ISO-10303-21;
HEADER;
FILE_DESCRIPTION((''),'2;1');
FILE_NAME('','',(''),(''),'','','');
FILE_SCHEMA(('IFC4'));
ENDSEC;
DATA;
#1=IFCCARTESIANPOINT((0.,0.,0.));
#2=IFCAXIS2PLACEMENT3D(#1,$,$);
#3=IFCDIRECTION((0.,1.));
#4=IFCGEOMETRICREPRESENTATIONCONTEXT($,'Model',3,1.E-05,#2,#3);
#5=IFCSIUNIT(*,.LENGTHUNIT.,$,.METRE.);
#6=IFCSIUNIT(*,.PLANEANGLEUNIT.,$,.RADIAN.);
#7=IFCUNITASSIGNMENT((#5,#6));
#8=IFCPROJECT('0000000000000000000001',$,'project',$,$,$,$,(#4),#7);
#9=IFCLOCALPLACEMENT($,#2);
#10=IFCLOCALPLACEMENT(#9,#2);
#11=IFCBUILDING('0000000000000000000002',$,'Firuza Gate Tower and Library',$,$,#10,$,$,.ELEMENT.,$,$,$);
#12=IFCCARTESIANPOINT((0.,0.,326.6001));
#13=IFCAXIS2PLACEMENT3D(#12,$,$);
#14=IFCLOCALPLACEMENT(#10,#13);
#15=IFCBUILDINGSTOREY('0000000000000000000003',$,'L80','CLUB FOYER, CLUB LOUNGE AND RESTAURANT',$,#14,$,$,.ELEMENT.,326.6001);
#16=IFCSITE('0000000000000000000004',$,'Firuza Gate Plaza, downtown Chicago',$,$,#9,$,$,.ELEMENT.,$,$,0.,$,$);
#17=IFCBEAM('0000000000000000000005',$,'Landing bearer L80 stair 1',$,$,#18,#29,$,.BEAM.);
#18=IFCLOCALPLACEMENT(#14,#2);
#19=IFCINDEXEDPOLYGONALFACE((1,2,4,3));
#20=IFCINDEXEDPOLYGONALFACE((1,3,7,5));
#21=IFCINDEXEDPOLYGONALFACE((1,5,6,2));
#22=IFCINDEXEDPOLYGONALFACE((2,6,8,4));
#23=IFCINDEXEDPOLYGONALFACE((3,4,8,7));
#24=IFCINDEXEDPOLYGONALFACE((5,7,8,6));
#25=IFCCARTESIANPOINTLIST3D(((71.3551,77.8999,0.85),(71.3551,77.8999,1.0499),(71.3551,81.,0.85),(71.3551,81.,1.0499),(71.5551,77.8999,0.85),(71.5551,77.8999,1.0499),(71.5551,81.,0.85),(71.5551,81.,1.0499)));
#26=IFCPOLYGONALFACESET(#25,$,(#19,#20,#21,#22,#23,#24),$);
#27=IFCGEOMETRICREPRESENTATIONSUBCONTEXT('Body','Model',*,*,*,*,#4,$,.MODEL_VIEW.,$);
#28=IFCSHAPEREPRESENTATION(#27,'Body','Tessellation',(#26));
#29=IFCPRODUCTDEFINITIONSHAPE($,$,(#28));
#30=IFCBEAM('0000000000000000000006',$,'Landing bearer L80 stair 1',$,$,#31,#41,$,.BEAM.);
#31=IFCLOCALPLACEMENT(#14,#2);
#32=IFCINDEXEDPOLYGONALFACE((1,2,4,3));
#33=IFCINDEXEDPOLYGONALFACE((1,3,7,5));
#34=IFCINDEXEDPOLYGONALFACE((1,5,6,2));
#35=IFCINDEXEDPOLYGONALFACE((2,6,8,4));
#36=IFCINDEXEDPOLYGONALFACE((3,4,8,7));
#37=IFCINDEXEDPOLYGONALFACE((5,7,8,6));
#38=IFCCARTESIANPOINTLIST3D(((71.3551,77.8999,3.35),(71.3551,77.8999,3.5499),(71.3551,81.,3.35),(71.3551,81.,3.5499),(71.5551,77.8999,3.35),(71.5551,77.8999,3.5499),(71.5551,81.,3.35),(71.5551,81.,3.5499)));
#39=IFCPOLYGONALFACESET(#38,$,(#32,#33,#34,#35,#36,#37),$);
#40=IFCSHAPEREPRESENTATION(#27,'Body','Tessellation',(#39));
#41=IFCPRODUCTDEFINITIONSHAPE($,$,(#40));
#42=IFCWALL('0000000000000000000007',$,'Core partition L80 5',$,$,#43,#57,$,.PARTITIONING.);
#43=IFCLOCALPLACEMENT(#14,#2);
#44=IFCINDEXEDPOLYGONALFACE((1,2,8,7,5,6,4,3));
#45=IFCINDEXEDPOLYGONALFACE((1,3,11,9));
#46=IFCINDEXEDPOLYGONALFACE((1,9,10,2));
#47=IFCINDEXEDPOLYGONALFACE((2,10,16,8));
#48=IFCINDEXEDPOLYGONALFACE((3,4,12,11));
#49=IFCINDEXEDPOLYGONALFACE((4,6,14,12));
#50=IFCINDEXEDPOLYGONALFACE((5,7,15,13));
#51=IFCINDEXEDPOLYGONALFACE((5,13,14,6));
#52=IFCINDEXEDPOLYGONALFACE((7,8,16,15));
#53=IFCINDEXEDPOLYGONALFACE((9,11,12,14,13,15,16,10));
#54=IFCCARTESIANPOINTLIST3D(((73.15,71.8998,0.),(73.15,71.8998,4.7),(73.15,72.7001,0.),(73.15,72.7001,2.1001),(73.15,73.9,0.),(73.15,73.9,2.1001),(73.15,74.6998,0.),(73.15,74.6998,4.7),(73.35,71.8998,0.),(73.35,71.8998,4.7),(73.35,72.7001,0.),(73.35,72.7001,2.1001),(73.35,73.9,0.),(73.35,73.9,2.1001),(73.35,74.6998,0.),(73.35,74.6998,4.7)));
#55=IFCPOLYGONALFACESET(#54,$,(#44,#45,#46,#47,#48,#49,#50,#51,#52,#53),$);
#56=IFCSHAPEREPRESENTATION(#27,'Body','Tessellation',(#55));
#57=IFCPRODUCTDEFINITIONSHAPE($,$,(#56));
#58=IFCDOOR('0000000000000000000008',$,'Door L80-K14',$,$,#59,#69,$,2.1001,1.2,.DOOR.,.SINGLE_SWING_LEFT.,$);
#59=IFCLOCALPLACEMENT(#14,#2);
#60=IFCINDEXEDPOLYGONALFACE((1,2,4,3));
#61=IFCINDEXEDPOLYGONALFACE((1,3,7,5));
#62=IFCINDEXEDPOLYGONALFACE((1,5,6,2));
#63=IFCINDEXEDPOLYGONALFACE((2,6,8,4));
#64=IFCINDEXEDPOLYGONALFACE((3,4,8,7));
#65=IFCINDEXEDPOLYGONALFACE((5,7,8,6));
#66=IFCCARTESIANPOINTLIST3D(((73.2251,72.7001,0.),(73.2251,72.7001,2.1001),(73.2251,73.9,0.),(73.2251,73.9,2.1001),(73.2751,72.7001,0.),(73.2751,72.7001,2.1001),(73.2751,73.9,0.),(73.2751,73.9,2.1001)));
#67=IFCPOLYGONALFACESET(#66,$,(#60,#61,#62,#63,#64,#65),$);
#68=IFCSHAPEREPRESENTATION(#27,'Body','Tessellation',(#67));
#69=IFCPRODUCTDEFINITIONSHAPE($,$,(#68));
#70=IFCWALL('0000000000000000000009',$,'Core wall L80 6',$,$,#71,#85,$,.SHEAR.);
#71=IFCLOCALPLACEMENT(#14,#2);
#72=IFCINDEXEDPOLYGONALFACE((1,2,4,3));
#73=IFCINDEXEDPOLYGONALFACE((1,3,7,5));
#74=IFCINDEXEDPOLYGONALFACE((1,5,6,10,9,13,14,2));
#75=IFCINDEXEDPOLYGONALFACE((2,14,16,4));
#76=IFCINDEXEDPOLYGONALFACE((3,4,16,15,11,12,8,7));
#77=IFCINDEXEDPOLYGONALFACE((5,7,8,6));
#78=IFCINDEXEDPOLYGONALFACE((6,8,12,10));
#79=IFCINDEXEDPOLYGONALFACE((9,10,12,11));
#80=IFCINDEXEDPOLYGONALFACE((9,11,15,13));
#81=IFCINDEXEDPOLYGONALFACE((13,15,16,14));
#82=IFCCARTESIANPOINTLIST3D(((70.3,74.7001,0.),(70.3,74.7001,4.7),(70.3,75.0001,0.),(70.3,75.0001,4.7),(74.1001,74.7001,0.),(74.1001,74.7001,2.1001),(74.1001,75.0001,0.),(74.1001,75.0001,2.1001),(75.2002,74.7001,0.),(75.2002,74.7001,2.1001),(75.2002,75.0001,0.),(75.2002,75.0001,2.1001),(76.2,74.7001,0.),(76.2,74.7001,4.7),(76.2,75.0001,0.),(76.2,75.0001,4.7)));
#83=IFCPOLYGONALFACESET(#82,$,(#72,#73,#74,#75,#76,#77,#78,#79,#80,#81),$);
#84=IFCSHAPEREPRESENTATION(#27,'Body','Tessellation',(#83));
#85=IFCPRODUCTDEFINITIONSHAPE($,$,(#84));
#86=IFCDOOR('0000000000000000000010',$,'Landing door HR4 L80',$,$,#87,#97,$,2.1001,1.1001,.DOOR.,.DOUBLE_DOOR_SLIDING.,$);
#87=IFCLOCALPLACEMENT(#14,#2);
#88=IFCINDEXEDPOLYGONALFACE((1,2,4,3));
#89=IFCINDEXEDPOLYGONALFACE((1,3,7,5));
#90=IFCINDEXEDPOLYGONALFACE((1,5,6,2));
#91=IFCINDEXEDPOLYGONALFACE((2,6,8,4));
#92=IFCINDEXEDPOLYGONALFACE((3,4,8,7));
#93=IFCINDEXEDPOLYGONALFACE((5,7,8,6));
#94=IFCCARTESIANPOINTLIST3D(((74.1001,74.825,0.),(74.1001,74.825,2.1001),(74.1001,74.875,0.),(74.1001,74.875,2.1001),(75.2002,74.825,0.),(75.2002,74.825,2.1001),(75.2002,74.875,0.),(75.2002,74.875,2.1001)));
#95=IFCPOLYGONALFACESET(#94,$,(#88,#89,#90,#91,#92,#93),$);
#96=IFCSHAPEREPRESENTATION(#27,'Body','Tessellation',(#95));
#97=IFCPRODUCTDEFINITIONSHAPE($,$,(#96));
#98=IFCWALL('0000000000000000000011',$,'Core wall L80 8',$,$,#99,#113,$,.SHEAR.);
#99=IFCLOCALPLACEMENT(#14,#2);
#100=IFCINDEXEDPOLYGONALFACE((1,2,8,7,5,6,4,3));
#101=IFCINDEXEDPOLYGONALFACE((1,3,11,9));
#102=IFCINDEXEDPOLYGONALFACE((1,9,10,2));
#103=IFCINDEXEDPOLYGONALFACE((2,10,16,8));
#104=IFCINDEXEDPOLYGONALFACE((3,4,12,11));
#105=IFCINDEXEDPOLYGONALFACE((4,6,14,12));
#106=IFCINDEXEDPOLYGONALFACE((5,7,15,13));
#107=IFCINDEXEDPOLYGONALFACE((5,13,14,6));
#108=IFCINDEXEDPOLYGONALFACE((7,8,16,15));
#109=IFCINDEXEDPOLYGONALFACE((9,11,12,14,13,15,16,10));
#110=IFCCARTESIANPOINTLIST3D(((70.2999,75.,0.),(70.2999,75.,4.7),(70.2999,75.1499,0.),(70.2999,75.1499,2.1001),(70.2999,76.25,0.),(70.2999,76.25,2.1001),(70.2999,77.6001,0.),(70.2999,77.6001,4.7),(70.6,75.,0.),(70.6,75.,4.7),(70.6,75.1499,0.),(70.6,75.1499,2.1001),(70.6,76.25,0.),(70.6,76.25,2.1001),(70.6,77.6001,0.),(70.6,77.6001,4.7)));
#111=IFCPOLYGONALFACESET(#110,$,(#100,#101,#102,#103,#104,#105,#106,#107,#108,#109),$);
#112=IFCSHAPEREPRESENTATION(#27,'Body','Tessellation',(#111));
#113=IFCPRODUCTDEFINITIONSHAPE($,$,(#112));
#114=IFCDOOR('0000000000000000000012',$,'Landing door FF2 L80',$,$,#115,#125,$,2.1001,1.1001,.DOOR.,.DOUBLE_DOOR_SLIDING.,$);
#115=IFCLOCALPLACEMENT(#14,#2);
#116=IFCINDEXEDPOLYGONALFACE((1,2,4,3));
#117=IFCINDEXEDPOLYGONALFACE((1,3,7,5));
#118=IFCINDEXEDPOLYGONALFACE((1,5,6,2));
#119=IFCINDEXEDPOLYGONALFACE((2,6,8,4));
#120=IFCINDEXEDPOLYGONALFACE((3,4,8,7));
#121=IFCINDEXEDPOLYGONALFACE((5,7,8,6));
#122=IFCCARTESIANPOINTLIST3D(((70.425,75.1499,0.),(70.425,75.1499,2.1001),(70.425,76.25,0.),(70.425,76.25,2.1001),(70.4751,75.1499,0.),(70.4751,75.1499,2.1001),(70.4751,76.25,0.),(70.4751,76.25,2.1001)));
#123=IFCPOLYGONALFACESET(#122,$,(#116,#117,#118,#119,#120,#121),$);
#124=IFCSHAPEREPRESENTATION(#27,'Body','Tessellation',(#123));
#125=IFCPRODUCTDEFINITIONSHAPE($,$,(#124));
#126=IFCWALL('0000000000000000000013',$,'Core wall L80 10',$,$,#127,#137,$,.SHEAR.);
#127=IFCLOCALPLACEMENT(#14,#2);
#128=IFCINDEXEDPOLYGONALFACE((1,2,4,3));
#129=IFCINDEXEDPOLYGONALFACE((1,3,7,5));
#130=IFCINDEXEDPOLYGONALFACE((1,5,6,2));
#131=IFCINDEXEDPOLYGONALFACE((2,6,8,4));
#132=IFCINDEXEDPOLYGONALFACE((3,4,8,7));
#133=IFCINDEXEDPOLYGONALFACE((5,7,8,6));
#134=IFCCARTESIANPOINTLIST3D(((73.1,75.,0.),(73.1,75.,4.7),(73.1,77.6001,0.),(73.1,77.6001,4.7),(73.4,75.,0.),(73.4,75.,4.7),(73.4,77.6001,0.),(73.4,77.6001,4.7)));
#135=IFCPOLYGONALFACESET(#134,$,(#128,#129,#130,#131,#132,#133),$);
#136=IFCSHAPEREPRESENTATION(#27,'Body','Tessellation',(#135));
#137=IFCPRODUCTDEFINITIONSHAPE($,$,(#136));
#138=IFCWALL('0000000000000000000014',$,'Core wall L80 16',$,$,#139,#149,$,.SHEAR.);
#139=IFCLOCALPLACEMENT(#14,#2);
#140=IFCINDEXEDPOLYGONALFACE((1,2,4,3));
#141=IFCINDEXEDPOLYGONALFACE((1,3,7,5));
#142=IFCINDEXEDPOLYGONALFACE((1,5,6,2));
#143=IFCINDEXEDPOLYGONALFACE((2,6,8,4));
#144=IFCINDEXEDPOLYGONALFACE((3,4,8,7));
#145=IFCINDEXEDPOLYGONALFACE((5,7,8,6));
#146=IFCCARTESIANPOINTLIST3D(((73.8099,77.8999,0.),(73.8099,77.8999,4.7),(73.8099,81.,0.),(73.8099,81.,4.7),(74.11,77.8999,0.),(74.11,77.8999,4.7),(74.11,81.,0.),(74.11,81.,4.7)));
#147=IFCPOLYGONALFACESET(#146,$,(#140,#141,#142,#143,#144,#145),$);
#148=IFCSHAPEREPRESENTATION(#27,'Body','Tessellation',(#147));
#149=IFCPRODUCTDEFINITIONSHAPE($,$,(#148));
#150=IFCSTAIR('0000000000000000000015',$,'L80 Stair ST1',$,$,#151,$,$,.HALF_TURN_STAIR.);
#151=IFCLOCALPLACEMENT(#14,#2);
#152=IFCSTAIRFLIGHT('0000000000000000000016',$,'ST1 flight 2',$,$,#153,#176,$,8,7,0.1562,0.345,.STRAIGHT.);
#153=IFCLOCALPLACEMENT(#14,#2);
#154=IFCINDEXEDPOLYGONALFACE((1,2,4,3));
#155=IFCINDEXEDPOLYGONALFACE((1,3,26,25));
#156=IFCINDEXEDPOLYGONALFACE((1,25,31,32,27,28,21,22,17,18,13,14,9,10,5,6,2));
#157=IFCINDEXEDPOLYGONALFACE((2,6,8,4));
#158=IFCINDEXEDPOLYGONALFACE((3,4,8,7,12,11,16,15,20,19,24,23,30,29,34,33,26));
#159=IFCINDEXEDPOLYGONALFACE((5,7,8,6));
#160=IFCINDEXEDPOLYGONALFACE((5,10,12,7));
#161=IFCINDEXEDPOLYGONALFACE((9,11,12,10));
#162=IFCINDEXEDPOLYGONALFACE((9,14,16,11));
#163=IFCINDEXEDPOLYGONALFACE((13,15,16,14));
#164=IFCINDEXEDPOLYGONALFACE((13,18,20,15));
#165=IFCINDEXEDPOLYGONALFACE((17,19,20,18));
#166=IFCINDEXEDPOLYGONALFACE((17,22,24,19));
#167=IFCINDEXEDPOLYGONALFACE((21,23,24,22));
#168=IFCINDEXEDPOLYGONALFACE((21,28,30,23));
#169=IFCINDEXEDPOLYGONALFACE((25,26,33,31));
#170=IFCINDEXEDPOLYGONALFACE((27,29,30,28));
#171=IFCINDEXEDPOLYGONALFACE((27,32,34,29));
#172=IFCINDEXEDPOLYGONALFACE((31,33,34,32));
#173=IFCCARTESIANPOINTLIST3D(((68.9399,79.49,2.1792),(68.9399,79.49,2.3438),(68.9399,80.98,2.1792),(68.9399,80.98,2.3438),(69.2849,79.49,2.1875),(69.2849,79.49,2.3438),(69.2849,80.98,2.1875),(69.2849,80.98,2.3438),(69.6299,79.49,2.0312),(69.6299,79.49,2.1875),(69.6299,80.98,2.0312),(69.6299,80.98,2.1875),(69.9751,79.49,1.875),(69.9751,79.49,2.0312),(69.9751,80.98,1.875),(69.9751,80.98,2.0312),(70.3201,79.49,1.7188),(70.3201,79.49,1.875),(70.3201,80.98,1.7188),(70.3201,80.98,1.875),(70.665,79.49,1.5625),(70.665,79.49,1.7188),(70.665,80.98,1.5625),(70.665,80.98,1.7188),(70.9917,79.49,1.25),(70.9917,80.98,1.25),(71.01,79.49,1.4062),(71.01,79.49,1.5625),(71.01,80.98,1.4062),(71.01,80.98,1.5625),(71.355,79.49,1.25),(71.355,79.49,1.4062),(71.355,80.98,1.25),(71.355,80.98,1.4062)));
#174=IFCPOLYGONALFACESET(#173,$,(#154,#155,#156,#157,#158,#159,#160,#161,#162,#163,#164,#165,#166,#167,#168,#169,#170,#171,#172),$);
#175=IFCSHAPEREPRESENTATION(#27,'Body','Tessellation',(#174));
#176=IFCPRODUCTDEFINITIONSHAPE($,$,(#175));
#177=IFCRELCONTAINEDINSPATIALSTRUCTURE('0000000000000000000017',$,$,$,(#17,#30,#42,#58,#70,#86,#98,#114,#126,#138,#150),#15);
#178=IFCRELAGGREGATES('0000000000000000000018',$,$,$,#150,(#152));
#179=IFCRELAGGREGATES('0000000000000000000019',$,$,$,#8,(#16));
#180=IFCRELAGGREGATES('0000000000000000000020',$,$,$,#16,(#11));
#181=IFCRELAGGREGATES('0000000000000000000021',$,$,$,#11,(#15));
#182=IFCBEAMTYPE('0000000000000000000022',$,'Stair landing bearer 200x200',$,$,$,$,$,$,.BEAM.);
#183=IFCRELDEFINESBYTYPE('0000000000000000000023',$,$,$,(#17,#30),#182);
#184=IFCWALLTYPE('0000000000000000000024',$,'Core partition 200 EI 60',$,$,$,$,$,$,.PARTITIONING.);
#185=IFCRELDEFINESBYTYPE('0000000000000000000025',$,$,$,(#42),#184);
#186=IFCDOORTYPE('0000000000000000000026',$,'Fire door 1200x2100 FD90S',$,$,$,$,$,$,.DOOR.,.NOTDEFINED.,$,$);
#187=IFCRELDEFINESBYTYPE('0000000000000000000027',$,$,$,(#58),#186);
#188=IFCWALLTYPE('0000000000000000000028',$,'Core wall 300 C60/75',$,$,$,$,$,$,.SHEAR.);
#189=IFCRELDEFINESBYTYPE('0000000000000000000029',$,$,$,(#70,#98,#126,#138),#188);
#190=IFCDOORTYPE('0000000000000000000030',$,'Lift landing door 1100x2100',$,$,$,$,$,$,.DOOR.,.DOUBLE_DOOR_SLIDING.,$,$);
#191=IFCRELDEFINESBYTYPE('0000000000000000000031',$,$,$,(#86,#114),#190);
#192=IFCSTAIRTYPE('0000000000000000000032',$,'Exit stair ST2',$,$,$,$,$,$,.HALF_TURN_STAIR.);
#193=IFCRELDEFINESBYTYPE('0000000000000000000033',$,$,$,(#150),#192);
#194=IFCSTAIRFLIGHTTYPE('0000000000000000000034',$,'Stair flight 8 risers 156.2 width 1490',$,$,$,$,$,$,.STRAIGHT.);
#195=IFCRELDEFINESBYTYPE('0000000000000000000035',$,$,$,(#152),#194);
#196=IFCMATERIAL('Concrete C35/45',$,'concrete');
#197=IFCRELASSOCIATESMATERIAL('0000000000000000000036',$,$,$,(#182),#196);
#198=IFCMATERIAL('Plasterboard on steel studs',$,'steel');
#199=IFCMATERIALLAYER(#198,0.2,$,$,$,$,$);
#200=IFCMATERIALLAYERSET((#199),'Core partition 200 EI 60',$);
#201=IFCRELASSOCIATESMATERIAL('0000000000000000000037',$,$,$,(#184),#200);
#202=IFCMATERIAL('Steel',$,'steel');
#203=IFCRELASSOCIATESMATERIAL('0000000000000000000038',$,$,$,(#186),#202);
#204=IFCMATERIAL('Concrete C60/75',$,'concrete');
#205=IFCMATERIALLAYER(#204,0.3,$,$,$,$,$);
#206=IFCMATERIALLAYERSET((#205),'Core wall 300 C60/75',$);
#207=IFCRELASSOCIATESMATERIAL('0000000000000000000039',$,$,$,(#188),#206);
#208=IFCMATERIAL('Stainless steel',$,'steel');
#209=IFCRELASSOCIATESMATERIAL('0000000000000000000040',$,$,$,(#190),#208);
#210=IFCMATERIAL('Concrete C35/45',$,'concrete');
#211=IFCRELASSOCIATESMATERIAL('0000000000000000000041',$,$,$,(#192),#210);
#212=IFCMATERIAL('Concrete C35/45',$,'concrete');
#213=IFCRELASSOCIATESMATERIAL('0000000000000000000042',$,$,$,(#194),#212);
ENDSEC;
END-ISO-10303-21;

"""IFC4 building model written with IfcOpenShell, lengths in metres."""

from ifc_helpers import new_model, si_unit, direction, frame, frame_2d, origin, origin_2d, place, context, subcontext, project, spatial, polyline, rectangle, outline, extrude, material, layer, layer_set, material_profile, profile_set, type_object, element, fill, aggregate, save


model = new_model("IFC4")

# Units and contexts
model_context = context("Model", 3, precision=1e-05, world=origin(), true_north=direction((0.0, 1.0)))
body_context = subcontext(model_context, "Body", "Model", "MODEL_VIEW")
ifc_project = project(units=[si_unit("LENGTHUNIT", "METRE"), si_unit("PLANEANGLEUNIT", "RADIAN")], contexts=[model_context])

# Site, building, storey
site_placement = place(None, origin())
site = spatial("IfcSite", under=ifc_project, at=site_placement, Name="Firuza Gate Plaza, downtown Chicago", CompositionType="ELEMENT", RefElevation=0.0)
building_placement = place(site_placement, origin())
building = spatial("IfcBuilding", under=site, at=building_placement, Name="Firuza Gate Tower and Library", CompositionType="ELEMENT")
storey_placement = place(building_placement, frame((0.0, 0.0, 326.6001)))
storey = spatial("IfcBuildingStorey", under=building, at=storey_placement, Name="L80", Description="CLUB FOYER, CLUB LOUNGE AND RESTAURANT", CompositionType="ELEMENT", Elevation=326.6001)

# Beams
ifc_material_1 = material(Name="Concrete C35/45", Category="concrete")
ifc_material_profile = material_profile(ifc_material_1, rectangle(XDim=0.2, YDim=0.2, at=origin_2d()))
ifc_profile_set = profile_set([ifc_material_profile], Name="Concrete C35/45")
beam_type = type_object("IfcBeamType", Name="Stair landing bearer 200x200", PredefinedType="BEAM", material=ifc_profile_set)
for number, where, z_axis, x_axis, name in (
    (1, (71.4551, 77.8999, 0.95), (0.0, 1.0, 0.0), (-1.0, 0.0, 0.0), "Landing bearer L80 stair 1"),
    (2, (71.4551, 77.8999, 3.45), (0.0, 1.0, 0.0), (-1.0, 0.0, 0.0), "Landing bearer L80 stair 1"),
):
    element("IfcBeam", number, at=place(storey_placement, frame(where, z_axis=z_axis, x_axis=x_axis)), inside=storey, type_object=beam_type, Name=name, PredefinedType="BEAM", context=body_context, shape_type="SweptSolid", body=[
        extrude(rectangle(XDim=0.2, YDim=0.2, at=origin_2d()), origin(), (0.0, 0.0, 1.0), 3.1001),
    ])

# Walls, openings, doors
ifc_material_2 = material(Name="Plasterboard on steel studs", Category="steel")
ifc_layer_1 = layer(ifc_material_2, 0.2)
ifc_layer_set_1 = layer_set([ifc_layer_1], Name="Core partition 200 EI 60")
wall_type_1 = type_object("IfcWallType", Name="Core partition 200 EI 60", PredefinedType="PARTITIONING", material=ifc_layer_set_1)
wall_1_placement = place(storey_placement, frame((73.25, 71.8999, 0.0), z_axis=(0.0, 0.0, 1.0), x_axis=(0.0, 1.0, 0.0)))
wall_1 = element("IfcWall", 3, at=wall_1_placement, inside=storey, type_object=wall_type_1, Name="Core partition L80 5", PredefinedType="PARTITIONING", context=body_context, shape_type="SweptSolid", body=[
    extrude(rectangle(XDim=2.8, YDim=0.2, at=frame_2d((1.3999, 0.0))), origin(), (0.0, 0.0, 1.0), 4.7),
])
opening_1_placement = place(wall_1_placement, frame((0.8, 0.0, 0.0)))
opening_1 = element("IfcOpeningElement", 4, at=opening_1_placement, cuts=wall_1, PredefinedType="OPENING", context=body_context, shape_type="SweptSolid", body=[
    extrude(rectangle(XDim=1.2, YDim=2.1001, at=frame_2d((0.6001, 1.05))), frame((0.0, 0.1099, 0.0), z_axis=(0.0, -1.0, 0.0), x_axis=(1.0, 0.0, 0.0)), (0.0, 0.0, 1.0), 0.22),
])
ifc_material_3 = material(Name="Steel", Category="steel")
door_type_1 = type_object("IfcDoorType", Name="Fire door 1200x2100 FD90S", OperationType="NOTDEFINED", PredefinedType="DOOR", material=ifc_material_3)
door_1_placement = place(opening_1_placement, origin())
door_1 = element("IfcDoor", 5, at=door_1_placement, inside=storey, type_object=door_type_1, Name="Door L80-K14", OperationType="SINGLE_SWING_LEFT", OverallHeight=2.1001, OverallWidth=1.2, PredefinedType="DOOR", context=body_context, shape_type="SweptSolid", body=[
    extrude(rectangle(XDim=1.2, YDim=2.1001, at=frame_2d((0.6001, 1.05))), frame((0.0, 0.0249, 0.0), z_axis=(0.0, -1.0, 0.0), x_axis=(1.0, 0.0, 0.0)), (0.0, 0.0, 1.0), 0.05),
])
fill(opening_1, door_1)
ifc_material_4 = material(Name="Concrete C60/75", Category="concrete")
ifc_layer_2 = layer(ifc_material_4, 0.3)
ifc_layer_set_2 = layer_set([ifc_layer_2], Name="Core wall 300 C60/75")
wall_type_2 = type_object("IfcWallType", Name="Core wall 300 C60/75", PredefinedType="SHEAR", material=ifc_layer_set_2)
wall_2_placement = place(storey_placement, frame((70.3, 74.8501, 0.0), z_axis=(0.0, 0.0, 1.0), x_axis=(1.0, 0.0, 0.0)))
wall_2 = element("IfcWall", 6, at=wall_2_placement, inside=storey, type_object=wall_type_2, Name="Core wall L80 6", PredefinedType="SHEAR", context=body_context, shape_type="SweptSolid", body=[
    extrude(rectangle(XDim=5.8999, YDim=0.3, at=frame_2d((2.95, 0.0))), origin(), (0.0, 0.0, 1.0), 4.7),
])
opening_2_placement = place(wall_2_placement, frame((3.8, 0.0, 0.0)))
opening_2 = element("IfcOpeningElement", 7, at=opening_2_placement, cuts=wall_2, PredefinedType="OPENING", context=body_context, shape_type="SweptSolid", body=[
    extrude(rectangle(XDim=1.1001, YDim=2.1001, at=frame_2d((0.55, 1.05))), frame((0.0, 0.1602, 0.0), z_axis=(0.0, -1.0, 0.0), x_axis=(1.0, 0.0, 0.0)), (0.0, 0.0, 1.0), 0.3201),
])
ifc_material_5 = material(Name="Stainless steel", Category="steel")
door_type_2 = type_object("IfcDoorType", Name="Lift landing door 1100x2100", OperationType="DOUBLE_DOOR_SLIDING", PredefinedType="DOOR", material=ifc_material_5)
door_2_placement = place(opening_2_placement, origin())
door_2 = element("IfcDoor", 8, at=door_2_placement, inside=storey, type_object=door_type_2, Name="Landing door HR4 L80", OperationType="DOUBLE_DOOR_SLIDING", OverallHeight=2.1001, OverallWidth=1.1001, PredefinedType="DOOR", context=body_context, shape_type="SweptSolid", body=[
    extrude(rectangle(XDim=1.1001, YDim=2.1001, at=frame_2d((0.55, 1.05))), frame((0.0, 0.0249, 0.0), z_axis=(0.0, -1.0, 0.0), x_axis=(1.0, 0.0, 0.0)), (0.0, 0.0, 1.0), 0.05),
])
fill(opening_2, door_2)
wall_3_placement = place(storey_placement, frame((70.45, 75.0, 0.0), z_axis=(0.0, 0.0, 1.0), x_axis=(0.0, 1.0, 0.0)))
wall_3 = element("IfcWall", 9, at=wall_3_placement, inside=storey, type_object=wall_type_2, Name="Core wall L80 8", PredefinedType="SHEAR", context=body_context, shape_type="SweptSolid", body=[
    extrude(rectangle(XDim=2.6001, YDim=0.3, at=frame_2d((1.3, 0.0))), origin(), (0.0, 0.0, 1.0), 4.7),
])
opening_3_placement = place(wall_3_placement, frame((0.1499, 0.0, 0.0)))
opening_3 = element("IfcOpeningElement", 10, at=opening_3_placement, cuts=wall_3, PredefinedType="OPENING", context=body_context, shape_type="SweptSolid", body=[
    extrude(rectangle(XDim=1.1001, YDim=2.1001, at=frame_2d((0.55, 1.05))), frame((0.0, 0.1602, 0.0), z_axis=(0.0, -1.0, 0.0), x_axis=(1.0, 0.0, 0.0)), (0.0, 0.0, 1.0), 0.3201),
])
door_3_placement = place(opening_3_placement, origin())
door_3 = element("IfcDoor", 11, at=door_3_placement, inside=storey, type_object=door_type_2, Name="Landing door FF2 L80", OperationType="DOUBLE_DOOR_SLIDING", OverallHeight=2.1001, OverallWidth=1.1001, PredefinedType="DOOR", context=body_context, shape_type="SweptSolid", body=[
    extrude(rectangle(XDim=1.1001, YDim=2.1001, at=frame_2d((0.55, 1.05))), frame((0.0, 0.0249, 0.0), z_axis=(0.0, -1.0, 0.0), x_axis=(1.0, 0.0, 0.0)), (0.0, 0.0, 1.0), 0.05),
])
fill(opening_3, door_3)

# Walls
wall_4_placement = place(storey_placement, frame((73.25, 75.0, 0.0), z_axis=(0.0, 0.0, 1.0), x_axis=(0.0, 1.0, 0.0)))
element("IfcWall", 12, at=wall_4_placement, inside=storey, type_object=wall_type_2, Name="Core wall L80 10", PredefinedType="SHEAR", context=body_context, shape_type="SweptSolid", body=[
    extrude(rectangle(XDim=2.6001, YDim=0.3, at=frame_2d((1.3, 0.0))), origin(), (0.0, 0.0, 1.0), 4.7),
])
wall_5_placement = place(storey_placement, frame((73.96, 77.8999, 0.0), z_axis=(0.0, 0.0, 1.0), x_axis=(0.0, 1.0, 0.0)))
element("IfcWall", 13, at=wall_5_placement, inside=storey, type_object=wall_type_2, Name="Core wall L80 16", PredefinedType="SHEAR", context=body_context, shape_type="SweptSolid", body=[
    extrude(rectangle(XDim=3.1001, YDim=0.3, at=frame_2d((1.55, 0.0))), origin(), (0.0, 0.0, 1.0), 4.7),
])

# Stair, stair flight
ifc_material_6 = material(Name="Concrete C35/45", Category="concrete")
stair_type = type_object("IfcStairType", Name="Exit stair ST2", PredefinedType="HALF_TURN_STAIR", material=ifc_material_6)
stair_placement = place(storey_placement, origin())
stair = element("IfcStair", 14, at=stair_placement, inside=storey, type_object=stair_type, Name="L80 Stair ST1", PredefinedType="HALF_TURN_STAIR")
ifc_material_7 = material(Name="Concrete C35/45", Category="concrete")
stair_flight_type = type_object("IfcStairFlightType", Name="Stair flight 8 risers 156.2 width 1490", PredefinedType="STRAIGHT", material=ifc_material_7)
stair_flight_1_placement = place(storey_placement, frame((71.355, 80.2351, 1.25), z_axis=(0.0, 0.0, 1.0), x_axis=(-1.0, 0.0, 0.0)))
stair_flight_1 = element("IfcStairFlight", 15, at=stair_flight_1_placement, type_object=stair_flight_type, Name="ST1 flight 2", NumberOfRisers=8, NumberOfTreads=7, PredefinedType="STRAIGHT", RiserHeight=0.1562, TreadLength=0.345, context=body_context, shape_type="SweptSolid", body=[
    extrude(outline(polyline([(0.0, 0.0), (0.0, 0.1562), (0.345, 0.1562), (0.345, 0.3125), (0.6899, 0.3125), (0.6899, 0.4688), (1.0349, 0.4688), (1.0349, 0.625), (1.3799, 0.625), (1.3799, 0.7812), (1.7251, 0.7812), (1.7251, 0.9375), (2.0701, 0.9375), (2.0701, 1.0938), (2.415, 1.0938), (2.415, 1.25), (2.415, 0.9292), (0.3633, 0.0), (0.0, 0.0)])), frame((0.0, 0.7451, 0.0), z_axis=(0.0, -1.0, 0.0), x_axis=(1.0, 0.0, 0.0)), (0.0, 0.0, 1.0), 1.49),
])
aggregate(stair, [stair_flight_1])

save(model, "model.ifc")
